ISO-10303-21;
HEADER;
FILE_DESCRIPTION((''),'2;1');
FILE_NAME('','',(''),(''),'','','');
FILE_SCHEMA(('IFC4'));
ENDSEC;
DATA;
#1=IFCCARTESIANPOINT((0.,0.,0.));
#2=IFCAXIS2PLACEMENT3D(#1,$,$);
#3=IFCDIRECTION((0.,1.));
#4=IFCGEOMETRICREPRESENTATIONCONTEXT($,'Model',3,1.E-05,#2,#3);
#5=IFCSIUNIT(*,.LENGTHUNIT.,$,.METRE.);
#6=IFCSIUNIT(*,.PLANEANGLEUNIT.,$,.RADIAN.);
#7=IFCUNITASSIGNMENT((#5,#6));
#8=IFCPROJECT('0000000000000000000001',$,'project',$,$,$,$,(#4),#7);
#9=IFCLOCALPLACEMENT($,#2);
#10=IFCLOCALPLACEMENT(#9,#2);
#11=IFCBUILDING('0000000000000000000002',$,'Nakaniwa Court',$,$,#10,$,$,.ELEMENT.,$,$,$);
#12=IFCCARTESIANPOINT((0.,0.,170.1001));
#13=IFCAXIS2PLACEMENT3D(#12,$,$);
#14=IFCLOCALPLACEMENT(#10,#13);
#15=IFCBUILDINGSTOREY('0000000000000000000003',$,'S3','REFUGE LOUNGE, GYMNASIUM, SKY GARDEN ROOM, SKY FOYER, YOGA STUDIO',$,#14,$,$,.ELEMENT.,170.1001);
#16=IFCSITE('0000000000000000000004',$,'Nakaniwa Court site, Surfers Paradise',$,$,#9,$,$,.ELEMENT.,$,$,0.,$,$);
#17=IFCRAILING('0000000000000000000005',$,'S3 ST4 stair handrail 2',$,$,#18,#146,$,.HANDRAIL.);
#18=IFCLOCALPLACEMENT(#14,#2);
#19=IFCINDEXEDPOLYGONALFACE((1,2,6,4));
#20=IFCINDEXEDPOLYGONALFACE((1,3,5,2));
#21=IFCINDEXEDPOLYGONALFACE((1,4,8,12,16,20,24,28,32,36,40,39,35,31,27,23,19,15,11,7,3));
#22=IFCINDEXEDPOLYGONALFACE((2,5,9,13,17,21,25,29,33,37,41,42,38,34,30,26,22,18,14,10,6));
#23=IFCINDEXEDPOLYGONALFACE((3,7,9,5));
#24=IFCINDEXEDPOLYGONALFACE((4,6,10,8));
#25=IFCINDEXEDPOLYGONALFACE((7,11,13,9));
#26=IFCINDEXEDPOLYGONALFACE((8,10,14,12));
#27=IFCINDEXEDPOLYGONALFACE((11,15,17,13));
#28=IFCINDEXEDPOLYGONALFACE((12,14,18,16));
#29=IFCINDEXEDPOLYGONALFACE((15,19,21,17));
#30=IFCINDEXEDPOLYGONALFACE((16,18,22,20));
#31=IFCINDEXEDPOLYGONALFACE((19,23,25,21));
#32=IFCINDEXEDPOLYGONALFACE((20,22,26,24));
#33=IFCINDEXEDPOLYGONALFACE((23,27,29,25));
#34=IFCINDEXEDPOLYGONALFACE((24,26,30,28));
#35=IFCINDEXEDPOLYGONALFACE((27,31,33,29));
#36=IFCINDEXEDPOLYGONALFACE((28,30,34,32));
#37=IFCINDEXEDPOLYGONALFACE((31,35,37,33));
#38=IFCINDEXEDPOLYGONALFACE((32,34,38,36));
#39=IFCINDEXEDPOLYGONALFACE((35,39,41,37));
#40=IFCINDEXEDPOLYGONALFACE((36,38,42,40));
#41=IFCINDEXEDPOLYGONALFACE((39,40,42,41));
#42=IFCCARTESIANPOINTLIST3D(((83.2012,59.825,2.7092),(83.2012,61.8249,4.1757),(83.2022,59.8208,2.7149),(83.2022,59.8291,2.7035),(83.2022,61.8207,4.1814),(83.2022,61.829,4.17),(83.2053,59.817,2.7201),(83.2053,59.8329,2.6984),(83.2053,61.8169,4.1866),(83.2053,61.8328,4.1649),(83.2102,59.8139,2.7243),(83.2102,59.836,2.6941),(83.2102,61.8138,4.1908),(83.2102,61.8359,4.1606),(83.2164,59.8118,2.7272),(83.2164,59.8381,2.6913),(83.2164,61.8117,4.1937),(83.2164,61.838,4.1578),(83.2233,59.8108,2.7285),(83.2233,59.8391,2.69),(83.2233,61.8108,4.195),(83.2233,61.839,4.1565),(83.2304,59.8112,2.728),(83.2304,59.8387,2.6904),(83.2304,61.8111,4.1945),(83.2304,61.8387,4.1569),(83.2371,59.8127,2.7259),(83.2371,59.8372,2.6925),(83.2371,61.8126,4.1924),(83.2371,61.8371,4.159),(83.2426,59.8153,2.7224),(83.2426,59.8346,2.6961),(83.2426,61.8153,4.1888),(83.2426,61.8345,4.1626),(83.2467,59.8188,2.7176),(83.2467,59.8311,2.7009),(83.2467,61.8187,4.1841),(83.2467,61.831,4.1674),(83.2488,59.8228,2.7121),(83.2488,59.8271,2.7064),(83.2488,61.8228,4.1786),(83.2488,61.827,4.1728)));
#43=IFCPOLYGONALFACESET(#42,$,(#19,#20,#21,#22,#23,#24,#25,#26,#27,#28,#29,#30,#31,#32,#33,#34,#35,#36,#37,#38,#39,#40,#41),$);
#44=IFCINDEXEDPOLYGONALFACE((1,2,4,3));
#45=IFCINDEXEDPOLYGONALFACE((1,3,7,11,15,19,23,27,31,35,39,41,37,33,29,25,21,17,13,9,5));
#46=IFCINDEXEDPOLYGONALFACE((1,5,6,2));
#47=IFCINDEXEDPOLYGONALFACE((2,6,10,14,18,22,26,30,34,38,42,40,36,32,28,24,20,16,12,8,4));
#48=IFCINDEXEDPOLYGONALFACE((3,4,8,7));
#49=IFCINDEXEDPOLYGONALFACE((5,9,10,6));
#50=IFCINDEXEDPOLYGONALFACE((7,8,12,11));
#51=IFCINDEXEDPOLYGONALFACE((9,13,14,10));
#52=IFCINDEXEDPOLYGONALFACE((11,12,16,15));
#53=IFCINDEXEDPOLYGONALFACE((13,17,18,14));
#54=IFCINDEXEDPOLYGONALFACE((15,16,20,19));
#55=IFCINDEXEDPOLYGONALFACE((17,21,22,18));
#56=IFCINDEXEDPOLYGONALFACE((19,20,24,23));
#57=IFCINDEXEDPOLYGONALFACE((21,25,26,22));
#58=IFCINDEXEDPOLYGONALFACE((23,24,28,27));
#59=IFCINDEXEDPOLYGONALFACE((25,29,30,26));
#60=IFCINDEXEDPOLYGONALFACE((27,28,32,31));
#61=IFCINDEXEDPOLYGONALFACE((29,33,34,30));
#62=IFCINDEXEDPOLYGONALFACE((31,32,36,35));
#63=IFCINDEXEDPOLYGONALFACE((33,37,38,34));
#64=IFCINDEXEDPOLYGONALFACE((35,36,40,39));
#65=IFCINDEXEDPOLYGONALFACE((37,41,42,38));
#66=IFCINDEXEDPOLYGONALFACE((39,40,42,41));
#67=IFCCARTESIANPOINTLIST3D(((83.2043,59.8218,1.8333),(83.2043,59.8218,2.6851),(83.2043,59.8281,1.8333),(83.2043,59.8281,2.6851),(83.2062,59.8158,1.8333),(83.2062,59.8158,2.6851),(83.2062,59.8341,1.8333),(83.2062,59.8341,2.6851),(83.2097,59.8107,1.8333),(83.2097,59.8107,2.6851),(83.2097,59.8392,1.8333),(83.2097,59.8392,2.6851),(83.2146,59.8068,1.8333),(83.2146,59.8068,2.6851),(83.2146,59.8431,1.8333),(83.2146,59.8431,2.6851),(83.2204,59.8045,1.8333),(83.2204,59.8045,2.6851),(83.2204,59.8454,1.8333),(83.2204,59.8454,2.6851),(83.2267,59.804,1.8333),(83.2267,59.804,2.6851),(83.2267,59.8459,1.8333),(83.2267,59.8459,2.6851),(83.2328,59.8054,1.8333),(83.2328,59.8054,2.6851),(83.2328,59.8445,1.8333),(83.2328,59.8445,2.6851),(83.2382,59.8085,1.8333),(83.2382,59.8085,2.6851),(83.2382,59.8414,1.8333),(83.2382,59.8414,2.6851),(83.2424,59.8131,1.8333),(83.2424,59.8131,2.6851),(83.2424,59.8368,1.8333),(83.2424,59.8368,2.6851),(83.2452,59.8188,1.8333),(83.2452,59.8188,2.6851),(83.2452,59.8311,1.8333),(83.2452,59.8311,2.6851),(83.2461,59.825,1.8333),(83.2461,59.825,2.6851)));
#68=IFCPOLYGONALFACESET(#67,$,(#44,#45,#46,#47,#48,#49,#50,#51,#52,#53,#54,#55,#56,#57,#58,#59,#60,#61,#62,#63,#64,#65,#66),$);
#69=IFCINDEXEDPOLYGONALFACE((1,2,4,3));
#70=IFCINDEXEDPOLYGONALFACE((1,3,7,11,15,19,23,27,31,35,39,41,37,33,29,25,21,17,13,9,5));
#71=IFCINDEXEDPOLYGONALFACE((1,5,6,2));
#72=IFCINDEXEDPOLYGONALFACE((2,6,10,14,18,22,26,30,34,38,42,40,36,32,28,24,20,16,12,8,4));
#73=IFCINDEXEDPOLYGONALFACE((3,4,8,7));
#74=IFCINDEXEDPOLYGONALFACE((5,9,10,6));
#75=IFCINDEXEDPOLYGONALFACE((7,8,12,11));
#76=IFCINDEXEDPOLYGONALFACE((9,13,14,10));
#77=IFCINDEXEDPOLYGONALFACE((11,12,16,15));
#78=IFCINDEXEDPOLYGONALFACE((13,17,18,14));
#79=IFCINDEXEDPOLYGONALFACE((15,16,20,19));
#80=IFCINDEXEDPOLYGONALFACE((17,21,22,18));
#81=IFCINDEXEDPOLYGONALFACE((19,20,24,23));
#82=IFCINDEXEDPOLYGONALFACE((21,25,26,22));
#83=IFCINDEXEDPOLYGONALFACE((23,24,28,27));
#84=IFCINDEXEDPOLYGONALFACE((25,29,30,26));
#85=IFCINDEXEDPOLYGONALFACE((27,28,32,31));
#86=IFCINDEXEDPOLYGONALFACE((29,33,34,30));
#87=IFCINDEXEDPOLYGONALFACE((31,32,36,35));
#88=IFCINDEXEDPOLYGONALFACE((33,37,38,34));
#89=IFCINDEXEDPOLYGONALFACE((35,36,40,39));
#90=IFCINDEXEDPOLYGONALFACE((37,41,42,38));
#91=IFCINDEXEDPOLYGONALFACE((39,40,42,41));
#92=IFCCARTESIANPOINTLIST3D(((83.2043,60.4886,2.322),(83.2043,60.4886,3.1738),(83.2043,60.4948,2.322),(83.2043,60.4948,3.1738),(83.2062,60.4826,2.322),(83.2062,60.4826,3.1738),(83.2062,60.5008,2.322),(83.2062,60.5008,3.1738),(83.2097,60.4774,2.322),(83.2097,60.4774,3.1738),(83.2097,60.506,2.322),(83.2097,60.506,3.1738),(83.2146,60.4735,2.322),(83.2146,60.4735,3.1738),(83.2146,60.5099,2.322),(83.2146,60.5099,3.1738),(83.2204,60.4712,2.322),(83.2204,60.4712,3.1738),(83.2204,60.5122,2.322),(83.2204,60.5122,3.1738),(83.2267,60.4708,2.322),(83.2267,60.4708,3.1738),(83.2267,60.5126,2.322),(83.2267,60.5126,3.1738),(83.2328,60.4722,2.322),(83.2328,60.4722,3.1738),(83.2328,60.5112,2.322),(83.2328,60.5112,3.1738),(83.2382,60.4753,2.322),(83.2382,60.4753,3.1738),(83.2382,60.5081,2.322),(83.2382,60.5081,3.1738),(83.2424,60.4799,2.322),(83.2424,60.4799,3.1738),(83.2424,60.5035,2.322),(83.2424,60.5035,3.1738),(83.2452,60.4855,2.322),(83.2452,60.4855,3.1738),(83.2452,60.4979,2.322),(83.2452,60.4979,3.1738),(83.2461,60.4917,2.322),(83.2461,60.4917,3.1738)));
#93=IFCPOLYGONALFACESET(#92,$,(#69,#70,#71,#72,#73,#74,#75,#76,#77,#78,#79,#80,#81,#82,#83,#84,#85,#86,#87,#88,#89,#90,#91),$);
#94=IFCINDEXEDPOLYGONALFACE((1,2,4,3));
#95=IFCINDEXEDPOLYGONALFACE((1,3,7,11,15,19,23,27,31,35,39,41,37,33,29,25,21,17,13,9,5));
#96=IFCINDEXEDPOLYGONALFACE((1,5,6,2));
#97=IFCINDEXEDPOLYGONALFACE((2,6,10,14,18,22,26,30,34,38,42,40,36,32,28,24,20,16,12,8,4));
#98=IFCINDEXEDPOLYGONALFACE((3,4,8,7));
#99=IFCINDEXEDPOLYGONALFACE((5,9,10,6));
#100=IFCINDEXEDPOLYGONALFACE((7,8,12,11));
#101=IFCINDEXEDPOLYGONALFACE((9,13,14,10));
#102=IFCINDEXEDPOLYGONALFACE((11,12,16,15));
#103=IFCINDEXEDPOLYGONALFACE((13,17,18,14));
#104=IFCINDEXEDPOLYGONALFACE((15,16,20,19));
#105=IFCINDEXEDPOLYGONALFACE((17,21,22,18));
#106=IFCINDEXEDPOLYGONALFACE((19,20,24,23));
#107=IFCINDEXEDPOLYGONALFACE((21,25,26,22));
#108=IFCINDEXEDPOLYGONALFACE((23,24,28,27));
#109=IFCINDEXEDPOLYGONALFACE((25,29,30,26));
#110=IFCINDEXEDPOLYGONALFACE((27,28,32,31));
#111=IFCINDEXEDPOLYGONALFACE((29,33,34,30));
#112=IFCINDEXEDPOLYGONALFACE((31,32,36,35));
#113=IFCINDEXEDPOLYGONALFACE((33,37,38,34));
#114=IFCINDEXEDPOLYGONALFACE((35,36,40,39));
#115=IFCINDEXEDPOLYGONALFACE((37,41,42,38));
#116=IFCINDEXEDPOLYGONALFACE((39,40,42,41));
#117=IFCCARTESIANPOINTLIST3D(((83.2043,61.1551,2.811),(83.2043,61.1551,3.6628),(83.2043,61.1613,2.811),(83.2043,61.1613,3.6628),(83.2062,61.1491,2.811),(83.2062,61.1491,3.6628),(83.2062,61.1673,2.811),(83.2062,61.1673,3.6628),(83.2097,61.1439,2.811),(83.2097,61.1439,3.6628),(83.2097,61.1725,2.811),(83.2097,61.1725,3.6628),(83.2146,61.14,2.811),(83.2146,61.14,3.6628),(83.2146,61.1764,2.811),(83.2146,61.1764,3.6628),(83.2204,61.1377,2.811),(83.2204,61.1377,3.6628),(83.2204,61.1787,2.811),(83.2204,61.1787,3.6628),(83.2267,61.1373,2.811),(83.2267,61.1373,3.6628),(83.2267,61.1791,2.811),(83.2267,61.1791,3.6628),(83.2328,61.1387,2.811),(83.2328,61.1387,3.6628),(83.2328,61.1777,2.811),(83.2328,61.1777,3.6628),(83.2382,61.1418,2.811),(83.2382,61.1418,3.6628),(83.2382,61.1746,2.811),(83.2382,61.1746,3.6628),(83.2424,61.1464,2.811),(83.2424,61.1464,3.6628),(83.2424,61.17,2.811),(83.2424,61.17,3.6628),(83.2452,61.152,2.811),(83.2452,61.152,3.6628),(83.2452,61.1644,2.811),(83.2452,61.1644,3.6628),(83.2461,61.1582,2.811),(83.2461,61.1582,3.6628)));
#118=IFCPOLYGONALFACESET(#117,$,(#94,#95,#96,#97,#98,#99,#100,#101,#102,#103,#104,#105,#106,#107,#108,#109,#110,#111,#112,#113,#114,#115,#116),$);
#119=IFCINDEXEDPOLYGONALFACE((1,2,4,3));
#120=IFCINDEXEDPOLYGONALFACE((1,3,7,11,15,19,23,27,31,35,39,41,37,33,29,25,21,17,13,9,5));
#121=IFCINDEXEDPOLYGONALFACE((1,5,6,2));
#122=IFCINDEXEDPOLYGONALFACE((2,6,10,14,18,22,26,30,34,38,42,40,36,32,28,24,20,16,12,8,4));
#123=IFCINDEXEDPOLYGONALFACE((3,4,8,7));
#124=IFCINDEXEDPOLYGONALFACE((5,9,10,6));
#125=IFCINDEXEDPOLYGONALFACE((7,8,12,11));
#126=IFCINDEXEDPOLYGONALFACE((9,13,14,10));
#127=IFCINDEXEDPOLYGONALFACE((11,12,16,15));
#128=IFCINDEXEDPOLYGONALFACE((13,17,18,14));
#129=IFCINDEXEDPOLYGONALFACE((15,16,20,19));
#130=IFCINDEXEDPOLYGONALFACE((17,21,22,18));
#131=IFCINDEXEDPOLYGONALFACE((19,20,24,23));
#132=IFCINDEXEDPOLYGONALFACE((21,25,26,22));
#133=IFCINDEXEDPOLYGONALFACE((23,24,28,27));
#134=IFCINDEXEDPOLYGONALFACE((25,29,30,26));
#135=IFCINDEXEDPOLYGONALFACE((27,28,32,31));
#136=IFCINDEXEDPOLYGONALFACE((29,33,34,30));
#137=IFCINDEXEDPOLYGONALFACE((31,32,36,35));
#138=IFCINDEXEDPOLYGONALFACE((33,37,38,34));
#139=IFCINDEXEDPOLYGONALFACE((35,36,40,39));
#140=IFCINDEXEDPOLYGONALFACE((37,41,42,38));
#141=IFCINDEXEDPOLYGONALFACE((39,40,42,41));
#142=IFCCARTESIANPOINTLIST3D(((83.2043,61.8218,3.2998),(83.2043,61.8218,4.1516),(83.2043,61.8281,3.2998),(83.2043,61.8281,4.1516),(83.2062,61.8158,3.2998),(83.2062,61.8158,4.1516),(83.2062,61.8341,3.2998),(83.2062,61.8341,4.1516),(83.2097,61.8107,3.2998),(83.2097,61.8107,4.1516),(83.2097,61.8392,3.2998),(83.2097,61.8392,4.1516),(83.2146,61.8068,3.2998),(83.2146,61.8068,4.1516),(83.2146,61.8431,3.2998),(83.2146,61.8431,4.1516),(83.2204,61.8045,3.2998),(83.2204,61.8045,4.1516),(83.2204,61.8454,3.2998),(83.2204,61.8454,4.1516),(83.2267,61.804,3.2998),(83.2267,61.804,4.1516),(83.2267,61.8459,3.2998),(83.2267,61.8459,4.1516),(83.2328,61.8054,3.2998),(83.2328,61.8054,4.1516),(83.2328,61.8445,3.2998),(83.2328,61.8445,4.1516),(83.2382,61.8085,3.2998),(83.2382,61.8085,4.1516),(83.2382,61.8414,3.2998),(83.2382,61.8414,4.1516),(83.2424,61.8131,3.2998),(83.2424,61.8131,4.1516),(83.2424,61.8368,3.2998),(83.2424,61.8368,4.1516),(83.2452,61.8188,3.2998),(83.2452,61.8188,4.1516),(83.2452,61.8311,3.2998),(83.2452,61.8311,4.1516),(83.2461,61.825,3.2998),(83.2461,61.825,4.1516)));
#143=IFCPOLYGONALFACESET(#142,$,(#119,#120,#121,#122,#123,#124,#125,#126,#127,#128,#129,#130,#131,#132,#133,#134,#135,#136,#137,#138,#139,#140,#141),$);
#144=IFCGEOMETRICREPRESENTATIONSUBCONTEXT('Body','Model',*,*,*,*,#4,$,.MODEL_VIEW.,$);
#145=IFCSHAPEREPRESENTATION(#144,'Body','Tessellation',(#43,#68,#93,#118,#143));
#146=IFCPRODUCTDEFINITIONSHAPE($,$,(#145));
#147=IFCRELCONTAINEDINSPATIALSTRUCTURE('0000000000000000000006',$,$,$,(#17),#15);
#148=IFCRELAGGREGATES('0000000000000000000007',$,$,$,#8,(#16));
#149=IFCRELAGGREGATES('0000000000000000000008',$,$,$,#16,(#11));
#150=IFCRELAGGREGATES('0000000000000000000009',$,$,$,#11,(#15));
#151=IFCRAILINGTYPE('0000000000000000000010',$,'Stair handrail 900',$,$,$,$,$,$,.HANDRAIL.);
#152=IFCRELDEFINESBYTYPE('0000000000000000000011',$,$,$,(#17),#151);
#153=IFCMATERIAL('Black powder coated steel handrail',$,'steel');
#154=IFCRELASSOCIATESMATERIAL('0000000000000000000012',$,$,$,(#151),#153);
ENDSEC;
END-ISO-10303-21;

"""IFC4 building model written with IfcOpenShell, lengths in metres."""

from ifc_helpers import new_model, si_unit, direction, frame, origin, origin_2d, place, context, subcontext, project, spatial, circle, extrude, material, type_object, element, save


model = new_model("IFC4")

# Units and contexts
model_context = context("Model", 3, precision=1e-05, world=origin(), true_north=direction((0.0, 1.0)))
body_context = subcontext(model_context, "Body", "Model", "MODEL_VIEW")
ifc_project = project(units=[si_unit("LENGTHUNIT", "METRE"), si_unit("PLANEANGLEUNIT", "RADIAN")], contexts=[model_context])

# Site, building, storey
site_placement = place(None, origin())
site = spatial("IfcSite", under=ifc_project, at=site_placement, Name="Nakaniwa Court site, Surfers Paradise", CompositionType="ELEMENT", RefElevation=0.0)
building_placement = place(site_placement, origin())
building = spatial("IfcBuilding", under=site, at=building_placement, Name="Nakaniwa Court", CompositionType="ELEMENT")
storey_placement = place(building_placement, frame((0.0, 0.0, 170.1001)))
storey = spatial("IfcBuildingStorey", under=building, at=storey_placement, Name="S3", Description="REFUGE LOUNGE, GYMNASIUM, SKY GARDEN ROOM, SKY FOYER, YOGA STUDIO", CompositionType="ELEMENT", Elevation=170.1001)

# Railing
ifc_material_1 = material(Name="Black powder coated steel handrail", Category="steel")
railing_type_1 = type_object("IfcRailingType", Name="Stair handrail 900", PredefinedType="HANDRAIL", material=ifc_material_1)
for number, where, name in (
    (1, (83.2251, 59.825, 1.8333), "S3 ST4 stair handrail 2"),
):
    element("IfcRailing", number, at=place(storey_placement, frame(where)), inside=storey, type_object=railing_type_1, Name=name, PredefinedType="HANDRAIL", context=body_context, shape_type="SweptSolid", body=[
        extrude(circle(Radius=0.0239, at=origin_2d()), frame((0.0, 0.0, 0.876), z_axis=(0.0, 0.806427, 0.591334), x_axis=(-1.0, 0.0, 0.0)), (0.0, 0.0, 1.0), 2.48),
        extrude(circle(Radius=0.021, at=origin_2d()), origin(), (0.0, 0.0, 1.0), 0.8518),
        extrude(circle(Radius=0.021, at=origin_2d()), frame((0.0, 0.6667, 0.4888)), (0.0, 0.0, 1.0), 0.8518),
        extrude(circle(Radius=0.021, at=origin_2d()), frame((0.0, 1.3333, 0.9778)), (0.0, 0.0, 1.0), 0.8518),
        extrude(circle(Radius=0.021, at=origin_2d()), frame((0.0, 2.0, 1.4666)), (0.0, 0.0, 1.0), 0.8518),
    ])

save(model, "model.ifc")
